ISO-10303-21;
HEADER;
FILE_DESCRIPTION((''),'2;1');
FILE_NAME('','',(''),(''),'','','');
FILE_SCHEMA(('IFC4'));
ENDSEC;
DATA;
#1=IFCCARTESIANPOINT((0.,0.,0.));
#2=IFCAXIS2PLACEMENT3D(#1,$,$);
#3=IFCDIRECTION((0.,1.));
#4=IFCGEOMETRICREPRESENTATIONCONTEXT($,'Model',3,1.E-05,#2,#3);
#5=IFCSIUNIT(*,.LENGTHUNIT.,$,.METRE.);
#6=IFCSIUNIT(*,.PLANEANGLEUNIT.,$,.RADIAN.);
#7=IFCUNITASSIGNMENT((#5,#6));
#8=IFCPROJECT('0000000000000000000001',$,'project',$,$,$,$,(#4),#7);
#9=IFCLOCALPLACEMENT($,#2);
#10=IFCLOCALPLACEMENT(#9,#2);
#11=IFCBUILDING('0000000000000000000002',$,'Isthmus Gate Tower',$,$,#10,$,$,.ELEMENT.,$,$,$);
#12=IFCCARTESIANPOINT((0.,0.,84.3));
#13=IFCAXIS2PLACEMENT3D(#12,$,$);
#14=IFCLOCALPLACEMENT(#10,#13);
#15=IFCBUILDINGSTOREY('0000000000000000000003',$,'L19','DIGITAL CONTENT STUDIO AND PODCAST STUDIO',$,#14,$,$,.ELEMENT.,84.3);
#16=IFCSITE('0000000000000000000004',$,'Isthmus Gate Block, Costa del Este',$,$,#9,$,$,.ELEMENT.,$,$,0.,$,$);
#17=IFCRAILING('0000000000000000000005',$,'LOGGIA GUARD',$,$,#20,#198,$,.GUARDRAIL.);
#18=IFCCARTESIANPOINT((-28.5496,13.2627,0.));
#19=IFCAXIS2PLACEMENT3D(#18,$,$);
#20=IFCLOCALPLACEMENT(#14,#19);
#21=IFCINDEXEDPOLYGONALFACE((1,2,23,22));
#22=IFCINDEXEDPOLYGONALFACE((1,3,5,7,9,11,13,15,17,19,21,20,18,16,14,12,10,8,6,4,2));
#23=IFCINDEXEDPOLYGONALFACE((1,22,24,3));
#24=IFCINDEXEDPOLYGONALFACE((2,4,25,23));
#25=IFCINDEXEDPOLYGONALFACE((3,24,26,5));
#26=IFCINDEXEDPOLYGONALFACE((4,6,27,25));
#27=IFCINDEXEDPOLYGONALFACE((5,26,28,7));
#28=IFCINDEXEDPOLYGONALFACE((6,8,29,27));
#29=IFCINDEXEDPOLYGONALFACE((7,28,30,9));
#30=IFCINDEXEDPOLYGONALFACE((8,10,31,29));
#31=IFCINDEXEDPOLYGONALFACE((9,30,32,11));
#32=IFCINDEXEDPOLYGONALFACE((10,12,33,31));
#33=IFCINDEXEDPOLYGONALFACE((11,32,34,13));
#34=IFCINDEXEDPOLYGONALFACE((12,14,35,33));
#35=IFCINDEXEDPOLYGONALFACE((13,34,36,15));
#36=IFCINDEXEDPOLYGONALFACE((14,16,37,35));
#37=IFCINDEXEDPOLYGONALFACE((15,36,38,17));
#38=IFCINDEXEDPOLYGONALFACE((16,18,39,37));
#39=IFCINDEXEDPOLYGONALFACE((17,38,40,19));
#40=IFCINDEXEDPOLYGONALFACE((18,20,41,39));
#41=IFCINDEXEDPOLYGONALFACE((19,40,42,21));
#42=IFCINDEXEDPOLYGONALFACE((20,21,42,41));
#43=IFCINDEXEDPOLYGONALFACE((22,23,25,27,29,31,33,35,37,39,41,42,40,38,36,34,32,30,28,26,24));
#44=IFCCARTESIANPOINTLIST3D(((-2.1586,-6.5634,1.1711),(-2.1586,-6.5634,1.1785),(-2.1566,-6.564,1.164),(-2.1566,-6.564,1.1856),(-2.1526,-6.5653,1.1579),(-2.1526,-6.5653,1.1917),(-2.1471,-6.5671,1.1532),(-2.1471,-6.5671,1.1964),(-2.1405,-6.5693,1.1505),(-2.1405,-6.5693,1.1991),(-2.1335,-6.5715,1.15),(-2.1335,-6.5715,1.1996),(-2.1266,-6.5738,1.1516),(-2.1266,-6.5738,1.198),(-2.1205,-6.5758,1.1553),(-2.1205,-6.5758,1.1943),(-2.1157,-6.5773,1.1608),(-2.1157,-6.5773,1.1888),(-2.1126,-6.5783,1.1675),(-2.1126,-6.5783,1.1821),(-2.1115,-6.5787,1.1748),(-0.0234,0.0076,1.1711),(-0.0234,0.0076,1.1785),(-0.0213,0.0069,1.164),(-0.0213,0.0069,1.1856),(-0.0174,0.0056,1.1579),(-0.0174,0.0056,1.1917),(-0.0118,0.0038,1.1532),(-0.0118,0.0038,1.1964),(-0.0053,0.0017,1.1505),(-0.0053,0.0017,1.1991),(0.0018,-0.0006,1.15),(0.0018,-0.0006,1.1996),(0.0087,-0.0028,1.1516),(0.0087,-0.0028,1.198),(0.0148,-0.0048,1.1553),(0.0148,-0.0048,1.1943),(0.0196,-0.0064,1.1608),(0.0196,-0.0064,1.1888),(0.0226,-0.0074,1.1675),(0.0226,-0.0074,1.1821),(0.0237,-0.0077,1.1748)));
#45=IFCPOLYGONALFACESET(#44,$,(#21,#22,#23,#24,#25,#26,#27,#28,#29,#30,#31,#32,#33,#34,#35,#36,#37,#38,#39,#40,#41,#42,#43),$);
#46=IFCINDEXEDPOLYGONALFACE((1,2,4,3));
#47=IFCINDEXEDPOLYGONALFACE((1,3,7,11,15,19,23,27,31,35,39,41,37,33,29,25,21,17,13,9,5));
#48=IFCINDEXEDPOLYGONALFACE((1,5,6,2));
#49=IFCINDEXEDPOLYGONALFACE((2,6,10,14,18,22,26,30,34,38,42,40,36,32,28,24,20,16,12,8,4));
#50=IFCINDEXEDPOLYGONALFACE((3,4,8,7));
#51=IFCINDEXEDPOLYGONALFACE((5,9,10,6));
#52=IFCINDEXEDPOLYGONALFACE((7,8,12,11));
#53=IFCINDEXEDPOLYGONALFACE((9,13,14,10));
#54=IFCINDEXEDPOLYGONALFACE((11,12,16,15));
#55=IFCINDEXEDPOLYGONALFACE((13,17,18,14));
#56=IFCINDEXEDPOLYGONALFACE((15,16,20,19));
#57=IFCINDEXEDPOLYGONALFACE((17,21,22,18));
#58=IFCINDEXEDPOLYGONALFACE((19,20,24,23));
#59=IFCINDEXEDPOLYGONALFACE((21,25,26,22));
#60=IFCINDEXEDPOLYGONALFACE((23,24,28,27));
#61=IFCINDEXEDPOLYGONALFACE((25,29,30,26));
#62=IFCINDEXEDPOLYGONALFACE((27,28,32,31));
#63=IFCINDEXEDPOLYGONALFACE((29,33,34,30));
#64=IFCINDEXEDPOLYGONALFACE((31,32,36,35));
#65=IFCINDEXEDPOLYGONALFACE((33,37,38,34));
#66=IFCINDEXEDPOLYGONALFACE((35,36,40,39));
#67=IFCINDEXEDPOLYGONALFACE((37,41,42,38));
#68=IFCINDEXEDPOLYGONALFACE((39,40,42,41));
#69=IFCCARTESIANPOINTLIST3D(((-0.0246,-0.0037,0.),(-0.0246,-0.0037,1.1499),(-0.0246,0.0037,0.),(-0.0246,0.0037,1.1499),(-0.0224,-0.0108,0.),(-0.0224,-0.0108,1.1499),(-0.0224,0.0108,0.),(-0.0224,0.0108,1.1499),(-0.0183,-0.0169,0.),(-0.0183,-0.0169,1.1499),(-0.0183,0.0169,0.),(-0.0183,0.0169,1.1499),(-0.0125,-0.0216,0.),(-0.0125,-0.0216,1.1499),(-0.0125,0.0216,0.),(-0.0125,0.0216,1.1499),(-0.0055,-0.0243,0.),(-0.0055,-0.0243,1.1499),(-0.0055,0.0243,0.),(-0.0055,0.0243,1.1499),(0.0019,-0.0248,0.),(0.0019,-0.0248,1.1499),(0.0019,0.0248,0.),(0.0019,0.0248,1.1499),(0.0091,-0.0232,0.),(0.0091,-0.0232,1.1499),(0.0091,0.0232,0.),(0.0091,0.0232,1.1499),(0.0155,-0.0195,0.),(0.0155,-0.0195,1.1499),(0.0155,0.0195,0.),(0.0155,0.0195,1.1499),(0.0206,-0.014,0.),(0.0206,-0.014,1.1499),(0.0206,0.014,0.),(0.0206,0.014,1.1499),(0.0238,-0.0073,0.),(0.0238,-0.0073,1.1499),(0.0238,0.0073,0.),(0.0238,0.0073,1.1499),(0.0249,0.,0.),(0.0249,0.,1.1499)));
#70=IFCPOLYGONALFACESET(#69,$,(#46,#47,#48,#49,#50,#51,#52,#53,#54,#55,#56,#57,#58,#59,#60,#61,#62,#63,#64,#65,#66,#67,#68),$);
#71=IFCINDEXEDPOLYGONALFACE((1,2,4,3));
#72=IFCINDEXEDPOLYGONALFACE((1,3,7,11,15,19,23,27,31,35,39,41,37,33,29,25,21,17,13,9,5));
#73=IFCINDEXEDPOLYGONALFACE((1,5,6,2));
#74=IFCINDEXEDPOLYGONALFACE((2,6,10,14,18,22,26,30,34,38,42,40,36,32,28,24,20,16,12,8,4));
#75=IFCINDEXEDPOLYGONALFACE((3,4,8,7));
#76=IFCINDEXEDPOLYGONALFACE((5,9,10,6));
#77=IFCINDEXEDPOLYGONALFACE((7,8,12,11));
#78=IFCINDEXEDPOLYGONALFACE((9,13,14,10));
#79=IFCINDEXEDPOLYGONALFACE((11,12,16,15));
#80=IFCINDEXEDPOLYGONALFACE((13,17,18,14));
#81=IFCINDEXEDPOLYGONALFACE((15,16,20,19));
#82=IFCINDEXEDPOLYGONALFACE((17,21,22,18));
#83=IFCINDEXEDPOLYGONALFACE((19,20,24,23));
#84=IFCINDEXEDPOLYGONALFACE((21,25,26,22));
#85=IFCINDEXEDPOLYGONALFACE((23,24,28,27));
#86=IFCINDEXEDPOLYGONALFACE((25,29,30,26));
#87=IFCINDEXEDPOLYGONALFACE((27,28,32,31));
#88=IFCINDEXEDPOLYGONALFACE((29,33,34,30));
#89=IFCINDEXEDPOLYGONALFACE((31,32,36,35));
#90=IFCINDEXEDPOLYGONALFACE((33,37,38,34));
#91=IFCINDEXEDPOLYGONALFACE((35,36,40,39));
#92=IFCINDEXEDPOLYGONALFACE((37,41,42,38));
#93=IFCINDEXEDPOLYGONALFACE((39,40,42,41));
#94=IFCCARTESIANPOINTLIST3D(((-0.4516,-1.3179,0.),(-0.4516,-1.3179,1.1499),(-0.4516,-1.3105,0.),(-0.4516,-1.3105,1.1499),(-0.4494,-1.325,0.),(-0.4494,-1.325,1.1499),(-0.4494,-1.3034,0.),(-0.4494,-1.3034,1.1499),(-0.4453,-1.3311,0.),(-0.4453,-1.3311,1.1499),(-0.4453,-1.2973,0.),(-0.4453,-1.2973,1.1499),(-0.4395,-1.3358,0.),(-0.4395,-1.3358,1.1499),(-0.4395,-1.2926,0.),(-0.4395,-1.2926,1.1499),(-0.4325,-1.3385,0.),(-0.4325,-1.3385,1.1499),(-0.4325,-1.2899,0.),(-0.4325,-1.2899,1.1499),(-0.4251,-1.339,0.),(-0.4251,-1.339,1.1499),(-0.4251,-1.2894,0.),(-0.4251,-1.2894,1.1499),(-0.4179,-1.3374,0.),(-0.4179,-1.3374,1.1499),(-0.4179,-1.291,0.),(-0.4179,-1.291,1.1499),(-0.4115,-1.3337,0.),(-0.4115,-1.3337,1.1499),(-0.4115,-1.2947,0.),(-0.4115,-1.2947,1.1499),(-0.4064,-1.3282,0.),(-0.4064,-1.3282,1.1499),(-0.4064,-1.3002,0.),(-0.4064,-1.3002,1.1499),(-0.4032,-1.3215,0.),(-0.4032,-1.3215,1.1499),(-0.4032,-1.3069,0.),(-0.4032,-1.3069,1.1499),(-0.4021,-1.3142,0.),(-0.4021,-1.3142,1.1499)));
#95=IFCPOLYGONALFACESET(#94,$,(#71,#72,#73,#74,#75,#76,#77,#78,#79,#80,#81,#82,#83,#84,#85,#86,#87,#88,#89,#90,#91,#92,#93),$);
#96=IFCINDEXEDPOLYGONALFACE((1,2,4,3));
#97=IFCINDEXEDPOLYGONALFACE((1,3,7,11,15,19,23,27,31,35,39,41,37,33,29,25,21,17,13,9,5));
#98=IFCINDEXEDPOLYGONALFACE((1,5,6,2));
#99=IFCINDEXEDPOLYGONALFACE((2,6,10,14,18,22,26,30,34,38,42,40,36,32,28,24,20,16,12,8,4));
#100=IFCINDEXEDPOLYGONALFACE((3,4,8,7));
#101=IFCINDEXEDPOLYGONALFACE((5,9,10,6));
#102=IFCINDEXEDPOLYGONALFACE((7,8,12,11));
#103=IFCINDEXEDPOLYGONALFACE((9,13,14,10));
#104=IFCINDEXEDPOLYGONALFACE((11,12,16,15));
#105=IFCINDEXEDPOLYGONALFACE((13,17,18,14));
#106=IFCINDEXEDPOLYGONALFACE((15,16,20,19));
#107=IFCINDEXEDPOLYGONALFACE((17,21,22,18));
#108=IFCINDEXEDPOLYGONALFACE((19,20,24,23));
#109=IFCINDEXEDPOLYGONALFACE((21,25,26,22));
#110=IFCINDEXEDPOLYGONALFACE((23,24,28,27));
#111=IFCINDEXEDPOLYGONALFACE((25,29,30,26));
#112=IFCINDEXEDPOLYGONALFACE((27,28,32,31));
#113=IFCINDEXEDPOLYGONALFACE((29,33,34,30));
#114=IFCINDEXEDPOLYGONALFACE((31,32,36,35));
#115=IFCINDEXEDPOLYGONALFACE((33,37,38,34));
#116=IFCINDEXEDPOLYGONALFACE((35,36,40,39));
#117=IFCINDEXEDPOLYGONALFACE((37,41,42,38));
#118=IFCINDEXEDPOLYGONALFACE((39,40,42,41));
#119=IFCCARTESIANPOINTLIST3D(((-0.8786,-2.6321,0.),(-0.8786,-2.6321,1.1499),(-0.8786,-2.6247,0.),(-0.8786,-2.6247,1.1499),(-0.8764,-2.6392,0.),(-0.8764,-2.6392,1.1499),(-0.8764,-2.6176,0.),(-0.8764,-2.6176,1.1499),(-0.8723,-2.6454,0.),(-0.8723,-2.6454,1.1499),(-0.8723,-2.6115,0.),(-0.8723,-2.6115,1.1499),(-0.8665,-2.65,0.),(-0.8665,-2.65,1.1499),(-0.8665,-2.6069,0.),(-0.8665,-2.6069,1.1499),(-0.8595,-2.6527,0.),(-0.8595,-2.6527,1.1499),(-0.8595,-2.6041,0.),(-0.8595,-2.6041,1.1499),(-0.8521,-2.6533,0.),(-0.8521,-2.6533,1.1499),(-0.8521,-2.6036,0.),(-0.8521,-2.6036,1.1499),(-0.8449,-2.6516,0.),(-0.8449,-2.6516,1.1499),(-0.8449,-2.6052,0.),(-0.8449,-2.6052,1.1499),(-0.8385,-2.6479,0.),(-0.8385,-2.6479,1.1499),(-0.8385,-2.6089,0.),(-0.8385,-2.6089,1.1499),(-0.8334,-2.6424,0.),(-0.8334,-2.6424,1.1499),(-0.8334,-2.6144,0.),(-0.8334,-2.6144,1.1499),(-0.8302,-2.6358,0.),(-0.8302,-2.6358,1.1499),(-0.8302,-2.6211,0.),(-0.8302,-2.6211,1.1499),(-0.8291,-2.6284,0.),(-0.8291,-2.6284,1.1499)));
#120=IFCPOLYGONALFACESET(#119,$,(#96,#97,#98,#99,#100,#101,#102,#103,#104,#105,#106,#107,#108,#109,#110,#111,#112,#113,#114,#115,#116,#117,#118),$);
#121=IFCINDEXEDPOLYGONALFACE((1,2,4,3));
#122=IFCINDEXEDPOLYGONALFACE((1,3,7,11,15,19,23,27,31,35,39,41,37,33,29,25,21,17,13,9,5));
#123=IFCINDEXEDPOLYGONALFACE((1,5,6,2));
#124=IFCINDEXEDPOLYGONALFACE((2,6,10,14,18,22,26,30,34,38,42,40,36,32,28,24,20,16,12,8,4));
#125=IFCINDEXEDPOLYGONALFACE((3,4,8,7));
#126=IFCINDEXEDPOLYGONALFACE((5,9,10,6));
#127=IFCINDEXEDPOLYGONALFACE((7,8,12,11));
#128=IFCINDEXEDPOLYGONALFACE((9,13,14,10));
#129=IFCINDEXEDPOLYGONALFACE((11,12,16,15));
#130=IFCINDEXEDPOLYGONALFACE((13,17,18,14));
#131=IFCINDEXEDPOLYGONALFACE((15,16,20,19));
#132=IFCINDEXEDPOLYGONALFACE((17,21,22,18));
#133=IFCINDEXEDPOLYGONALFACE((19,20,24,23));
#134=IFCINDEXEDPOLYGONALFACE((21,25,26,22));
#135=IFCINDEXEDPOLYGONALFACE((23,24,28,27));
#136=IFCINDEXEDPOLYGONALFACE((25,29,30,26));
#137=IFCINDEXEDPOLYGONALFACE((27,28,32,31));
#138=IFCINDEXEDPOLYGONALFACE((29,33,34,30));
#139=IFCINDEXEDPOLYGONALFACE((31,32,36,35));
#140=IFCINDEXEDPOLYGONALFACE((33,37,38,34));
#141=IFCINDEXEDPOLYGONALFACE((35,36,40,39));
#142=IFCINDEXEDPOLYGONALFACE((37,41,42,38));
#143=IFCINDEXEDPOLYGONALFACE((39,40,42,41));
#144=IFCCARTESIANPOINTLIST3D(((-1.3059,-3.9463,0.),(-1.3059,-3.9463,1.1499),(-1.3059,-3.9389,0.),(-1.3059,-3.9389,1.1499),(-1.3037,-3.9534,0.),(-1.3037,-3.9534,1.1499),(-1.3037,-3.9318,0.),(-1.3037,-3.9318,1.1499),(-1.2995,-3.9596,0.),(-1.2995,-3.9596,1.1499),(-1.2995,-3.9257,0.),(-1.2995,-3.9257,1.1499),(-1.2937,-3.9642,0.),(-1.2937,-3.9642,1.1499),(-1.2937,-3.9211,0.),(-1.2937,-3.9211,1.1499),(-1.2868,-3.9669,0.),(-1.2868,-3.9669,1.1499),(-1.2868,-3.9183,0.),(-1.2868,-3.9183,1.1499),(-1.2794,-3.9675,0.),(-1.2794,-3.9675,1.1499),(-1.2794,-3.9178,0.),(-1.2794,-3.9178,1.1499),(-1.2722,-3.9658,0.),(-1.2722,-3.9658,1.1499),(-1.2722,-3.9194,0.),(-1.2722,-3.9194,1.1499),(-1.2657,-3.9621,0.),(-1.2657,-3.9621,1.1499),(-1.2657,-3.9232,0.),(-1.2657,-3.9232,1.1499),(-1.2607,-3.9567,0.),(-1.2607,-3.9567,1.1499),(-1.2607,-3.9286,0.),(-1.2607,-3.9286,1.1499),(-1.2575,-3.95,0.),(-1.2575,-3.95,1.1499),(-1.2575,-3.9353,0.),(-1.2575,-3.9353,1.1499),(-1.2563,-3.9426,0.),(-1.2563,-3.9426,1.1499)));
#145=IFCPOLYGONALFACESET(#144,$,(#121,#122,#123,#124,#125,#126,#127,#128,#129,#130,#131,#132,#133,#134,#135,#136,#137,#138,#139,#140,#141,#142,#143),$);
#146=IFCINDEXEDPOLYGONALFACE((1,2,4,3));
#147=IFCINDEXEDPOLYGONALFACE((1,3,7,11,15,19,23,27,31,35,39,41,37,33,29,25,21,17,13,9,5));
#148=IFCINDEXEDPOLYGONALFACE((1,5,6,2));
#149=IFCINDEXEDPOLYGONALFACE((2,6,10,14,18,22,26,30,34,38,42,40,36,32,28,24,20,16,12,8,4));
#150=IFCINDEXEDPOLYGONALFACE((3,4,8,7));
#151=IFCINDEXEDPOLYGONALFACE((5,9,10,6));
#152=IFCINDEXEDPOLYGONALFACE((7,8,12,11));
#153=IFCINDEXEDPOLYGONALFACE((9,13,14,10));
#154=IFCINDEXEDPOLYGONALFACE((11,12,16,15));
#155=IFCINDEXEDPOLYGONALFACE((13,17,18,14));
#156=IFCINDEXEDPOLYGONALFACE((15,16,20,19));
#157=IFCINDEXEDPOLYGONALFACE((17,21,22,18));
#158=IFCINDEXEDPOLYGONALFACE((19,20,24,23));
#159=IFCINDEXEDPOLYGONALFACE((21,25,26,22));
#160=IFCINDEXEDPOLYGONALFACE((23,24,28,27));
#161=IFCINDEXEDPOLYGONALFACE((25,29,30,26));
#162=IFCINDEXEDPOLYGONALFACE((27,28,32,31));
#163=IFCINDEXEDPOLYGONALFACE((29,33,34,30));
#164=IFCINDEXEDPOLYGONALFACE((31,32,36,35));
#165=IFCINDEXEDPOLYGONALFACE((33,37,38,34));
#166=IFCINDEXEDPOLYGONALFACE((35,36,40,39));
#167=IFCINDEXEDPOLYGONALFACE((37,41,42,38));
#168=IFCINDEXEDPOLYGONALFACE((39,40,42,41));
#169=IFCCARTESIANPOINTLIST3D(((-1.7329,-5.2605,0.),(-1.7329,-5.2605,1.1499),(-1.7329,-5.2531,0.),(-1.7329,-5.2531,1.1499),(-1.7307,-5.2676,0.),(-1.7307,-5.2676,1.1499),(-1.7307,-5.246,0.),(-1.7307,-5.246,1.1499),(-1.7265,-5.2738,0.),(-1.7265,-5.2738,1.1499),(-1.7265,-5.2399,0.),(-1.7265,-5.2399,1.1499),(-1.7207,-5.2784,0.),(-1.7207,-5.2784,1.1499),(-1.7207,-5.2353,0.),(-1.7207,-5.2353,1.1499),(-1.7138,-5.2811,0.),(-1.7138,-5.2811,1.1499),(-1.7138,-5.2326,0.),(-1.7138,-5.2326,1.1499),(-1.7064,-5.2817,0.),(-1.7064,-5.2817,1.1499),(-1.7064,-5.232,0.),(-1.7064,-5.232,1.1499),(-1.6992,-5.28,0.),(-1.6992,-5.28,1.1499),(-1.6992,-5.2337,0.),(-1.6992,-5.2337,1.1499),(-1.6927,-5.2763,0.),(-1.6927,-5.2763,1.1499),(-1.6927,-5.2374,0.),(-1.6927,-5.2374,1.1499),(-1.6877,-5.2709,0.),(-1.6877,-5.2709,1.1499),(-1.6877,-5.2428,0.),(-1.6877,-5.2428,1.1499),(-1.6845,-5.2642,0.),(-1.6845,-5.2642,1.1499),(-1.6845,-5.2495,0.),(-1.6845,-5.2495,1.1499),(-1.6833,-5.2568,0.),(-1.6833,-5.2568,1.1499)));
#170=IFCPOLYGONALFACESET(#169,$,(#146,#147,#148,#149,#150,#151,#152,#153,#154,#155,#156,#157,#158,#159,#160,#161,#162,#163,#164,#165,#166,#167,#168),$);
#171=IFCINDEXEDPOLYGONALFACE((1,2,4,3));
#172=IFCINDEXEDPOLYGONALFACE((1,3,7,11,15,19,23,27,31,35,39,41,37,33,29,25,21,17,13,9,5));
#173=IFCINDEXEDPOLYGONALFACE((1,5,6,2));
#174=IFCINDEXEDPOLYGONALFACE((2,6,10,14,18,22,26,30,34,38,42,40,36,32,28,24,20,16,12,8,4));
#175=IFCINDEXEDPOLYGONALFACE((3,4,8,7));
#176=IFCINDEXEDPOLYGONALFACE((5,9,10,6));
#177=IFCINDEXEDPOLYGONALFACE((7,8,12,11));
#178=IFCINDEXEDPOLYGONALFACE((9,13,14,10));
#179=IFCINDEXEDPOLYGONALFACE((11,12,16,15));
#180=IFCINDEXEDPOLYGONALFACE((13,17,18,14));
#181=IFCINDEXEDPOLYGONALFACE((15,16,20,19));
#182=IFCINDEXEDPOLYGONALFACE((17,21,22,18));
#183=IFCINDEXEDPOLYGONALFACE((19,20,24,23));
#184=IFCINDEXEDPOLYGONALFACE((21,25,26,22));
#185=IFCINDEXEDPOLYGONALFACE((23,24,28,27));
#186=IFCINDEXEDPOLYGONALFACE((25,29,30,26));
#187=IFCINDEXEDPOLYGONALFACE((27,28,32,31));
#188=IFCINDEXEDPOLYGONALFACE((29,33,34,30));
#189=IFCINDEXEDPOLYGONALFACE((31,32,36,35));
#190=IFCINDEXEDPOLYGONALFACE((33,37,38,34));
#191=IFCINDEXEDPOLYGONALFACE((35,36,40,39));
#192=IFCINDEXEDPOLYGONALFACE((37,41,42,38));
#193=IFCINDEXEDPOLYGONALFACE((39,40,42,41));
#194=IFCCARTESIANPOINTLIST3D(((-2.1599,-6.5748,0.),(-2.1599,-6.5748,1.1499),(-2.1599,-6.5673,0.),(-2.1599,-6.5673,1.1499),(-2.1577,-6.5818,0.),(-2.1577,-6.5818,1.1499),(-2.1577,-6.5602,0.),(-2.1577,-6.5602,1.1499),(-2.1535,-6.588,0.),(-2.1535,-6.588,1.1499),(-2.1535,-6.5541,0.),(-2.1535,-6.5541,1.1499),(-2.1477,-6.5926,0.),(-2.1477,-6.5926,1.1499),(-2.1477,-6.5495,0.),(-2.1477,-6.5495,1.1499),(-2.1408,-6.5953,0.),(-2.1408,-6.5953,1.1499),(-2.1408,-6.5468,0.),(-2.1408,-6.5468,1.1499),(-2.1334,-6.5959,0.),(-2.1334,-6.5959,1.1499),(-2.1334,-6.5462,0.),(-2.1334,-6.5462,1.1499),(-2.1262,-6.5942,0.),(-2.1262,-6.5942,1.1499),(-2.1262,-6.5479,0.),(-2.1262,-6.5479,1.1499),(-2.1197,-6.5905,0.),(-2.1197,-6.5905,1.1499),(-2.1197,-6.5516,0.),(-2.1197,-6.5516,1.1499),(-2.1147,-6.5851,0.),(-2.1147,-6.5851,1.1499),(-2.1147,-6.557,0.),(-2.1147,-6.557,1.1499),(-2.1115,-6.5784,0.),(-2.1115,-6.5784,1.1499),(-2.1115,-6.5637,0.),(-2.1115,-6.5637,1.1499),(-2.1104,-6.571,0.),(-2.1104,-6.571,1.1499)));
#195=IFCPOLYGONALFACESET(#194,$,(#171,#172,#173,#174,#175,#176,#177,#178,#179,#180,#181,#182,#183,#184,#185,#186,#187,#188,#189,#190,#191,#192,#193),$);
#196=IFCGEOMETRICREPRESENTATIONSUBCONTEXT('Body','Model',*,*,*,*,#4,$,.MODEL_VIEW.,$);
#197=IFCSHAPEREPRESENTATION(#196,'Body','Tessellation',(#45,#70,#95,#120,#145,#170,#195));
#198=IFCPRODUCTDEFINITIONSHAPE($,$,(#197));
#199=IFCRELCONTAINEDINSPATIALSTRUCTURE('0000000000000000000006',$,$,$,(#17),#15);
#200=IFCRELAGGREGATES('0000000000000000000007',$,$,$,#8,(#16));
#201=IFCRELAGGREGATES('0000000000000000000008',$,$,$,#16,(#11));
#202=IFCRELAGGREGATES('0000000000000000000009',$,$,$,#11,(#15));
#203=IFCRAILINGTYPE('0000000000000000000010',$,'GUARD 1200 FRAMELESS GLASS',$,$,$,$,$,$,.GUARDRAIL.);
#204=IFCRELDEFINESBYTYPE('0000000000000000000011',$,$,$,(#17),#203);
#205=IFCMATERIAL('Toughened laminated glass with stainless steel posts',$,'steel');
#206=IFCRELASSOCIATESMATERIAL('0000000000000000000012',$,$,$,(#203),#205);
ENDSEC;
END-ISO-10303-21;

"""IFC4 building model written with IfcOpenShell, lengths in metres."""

from ifc_helpers import new_model, si_unit, direction, frame, origin, origin_2d, place, context, subcontext, project, spatial, circle, extrude, material, type_object, element, save


model = new_model("IFC4")

# Units and contexts
model_context = context("Model", 3, precision=1e-05, world=origin(), true_north=direction((0.0, 1.0)))
body_context = subcontext(model_context, "Body", "Model", "MODEL_VIEW")
ifc_project = project(units=[si_unit("LENGTHUNIT", "METRE"), si_unit("PLANEANGLEUNIT", "RADIAN")], contexts=[model_context])

# Site, building, storey
site_placement = place(None, origin())
site = spatial("IfcSite", under=ifc_project, at=site_placement, Name="Isthmus Gate Block, Costa del Este", CompositionType="ELEMENT", RefElevation=0.0)
building_placement = place(site_placement, origin())
building = spatial("IfcBuilding", under=site, at=building_placement, Name="Isthmus Gate Tower", CompositionType="ELEMENT")
storey_placement = place(building_placement, frame((0.0, 0.0, 84.3)))
storey = spatial("IfcBuildingStorey", under=building, at=storey_placement, Name="L19", Description="DIGITAL CONTENT STUDIO AND PODCAST STUDIO", CompositionType="ELEMENT", Elevation=84.3)

# Railing
ifc_material_1 = material(Name="Toughened laminated glass with stainless steel posts", Category="steel")
railing_type = type_object("IfcRailingType", Name="GUARD 1200 FRAMELESS GLASS", PredefinedType="GUARDRAIL", material=ifc_material_1)
railing_placement = place(storey_placement, frame((-28.5496, 13.2627, 0.0)))
element("IfcRailing", 1, at=railing_placement, inside=storey, type_object=railing_type, Name="LOGGIA GUARD", PredefinedType="GUARDRAIL", context=body_context, shape_type="SweptSolid", body=[
    extrude(circle(Radius=0.0249, at=origin_2d()), frame((0.0, 0.0, 1.1748), z_axis=(-0.309042, -0.951048, 0.0), x_axis=(0.951048, -0.309042, 0.0)), (0.0, 0.0, 1.0), 6.9092),
    extrude(circle(Radius=0.0249, at=origin_2d()), origin(), (0.0, 0.0, 1.0), 1.1499),
    extrude(circle(Radius=0.0249, at=origin_2d()), frame((-0.427, -1.3142, 0.0)), (0.0, 0.0, 1.0), 1.1499),
    extrude(circle(Radius=0.0249, at=origin_2d()), frame((-0.854, -2.6284, 0.0)), (0.0, 0.0, 1.0), 1.1499),
    extrude(circle(Radius=0.0249, at=origin_2d()), frame((-1.2812, -3.9426, 0.0)), (0.0, 0.0, 1.0), 1.1499),
    extrude(circle(Radius=0.0249, at=origin_2d()), frame((-1.7083, -5.2568, 0.0)), (0.0, 0.0, 1.0), 1.1499),
    extrude(circle(Radius=0.0249, at=origin_2d()), frame((-2.1353, -6.571, 0.0)), (0.0, 0.0, 1.0), 1.1499),
])

save(model, "model.ifc")
